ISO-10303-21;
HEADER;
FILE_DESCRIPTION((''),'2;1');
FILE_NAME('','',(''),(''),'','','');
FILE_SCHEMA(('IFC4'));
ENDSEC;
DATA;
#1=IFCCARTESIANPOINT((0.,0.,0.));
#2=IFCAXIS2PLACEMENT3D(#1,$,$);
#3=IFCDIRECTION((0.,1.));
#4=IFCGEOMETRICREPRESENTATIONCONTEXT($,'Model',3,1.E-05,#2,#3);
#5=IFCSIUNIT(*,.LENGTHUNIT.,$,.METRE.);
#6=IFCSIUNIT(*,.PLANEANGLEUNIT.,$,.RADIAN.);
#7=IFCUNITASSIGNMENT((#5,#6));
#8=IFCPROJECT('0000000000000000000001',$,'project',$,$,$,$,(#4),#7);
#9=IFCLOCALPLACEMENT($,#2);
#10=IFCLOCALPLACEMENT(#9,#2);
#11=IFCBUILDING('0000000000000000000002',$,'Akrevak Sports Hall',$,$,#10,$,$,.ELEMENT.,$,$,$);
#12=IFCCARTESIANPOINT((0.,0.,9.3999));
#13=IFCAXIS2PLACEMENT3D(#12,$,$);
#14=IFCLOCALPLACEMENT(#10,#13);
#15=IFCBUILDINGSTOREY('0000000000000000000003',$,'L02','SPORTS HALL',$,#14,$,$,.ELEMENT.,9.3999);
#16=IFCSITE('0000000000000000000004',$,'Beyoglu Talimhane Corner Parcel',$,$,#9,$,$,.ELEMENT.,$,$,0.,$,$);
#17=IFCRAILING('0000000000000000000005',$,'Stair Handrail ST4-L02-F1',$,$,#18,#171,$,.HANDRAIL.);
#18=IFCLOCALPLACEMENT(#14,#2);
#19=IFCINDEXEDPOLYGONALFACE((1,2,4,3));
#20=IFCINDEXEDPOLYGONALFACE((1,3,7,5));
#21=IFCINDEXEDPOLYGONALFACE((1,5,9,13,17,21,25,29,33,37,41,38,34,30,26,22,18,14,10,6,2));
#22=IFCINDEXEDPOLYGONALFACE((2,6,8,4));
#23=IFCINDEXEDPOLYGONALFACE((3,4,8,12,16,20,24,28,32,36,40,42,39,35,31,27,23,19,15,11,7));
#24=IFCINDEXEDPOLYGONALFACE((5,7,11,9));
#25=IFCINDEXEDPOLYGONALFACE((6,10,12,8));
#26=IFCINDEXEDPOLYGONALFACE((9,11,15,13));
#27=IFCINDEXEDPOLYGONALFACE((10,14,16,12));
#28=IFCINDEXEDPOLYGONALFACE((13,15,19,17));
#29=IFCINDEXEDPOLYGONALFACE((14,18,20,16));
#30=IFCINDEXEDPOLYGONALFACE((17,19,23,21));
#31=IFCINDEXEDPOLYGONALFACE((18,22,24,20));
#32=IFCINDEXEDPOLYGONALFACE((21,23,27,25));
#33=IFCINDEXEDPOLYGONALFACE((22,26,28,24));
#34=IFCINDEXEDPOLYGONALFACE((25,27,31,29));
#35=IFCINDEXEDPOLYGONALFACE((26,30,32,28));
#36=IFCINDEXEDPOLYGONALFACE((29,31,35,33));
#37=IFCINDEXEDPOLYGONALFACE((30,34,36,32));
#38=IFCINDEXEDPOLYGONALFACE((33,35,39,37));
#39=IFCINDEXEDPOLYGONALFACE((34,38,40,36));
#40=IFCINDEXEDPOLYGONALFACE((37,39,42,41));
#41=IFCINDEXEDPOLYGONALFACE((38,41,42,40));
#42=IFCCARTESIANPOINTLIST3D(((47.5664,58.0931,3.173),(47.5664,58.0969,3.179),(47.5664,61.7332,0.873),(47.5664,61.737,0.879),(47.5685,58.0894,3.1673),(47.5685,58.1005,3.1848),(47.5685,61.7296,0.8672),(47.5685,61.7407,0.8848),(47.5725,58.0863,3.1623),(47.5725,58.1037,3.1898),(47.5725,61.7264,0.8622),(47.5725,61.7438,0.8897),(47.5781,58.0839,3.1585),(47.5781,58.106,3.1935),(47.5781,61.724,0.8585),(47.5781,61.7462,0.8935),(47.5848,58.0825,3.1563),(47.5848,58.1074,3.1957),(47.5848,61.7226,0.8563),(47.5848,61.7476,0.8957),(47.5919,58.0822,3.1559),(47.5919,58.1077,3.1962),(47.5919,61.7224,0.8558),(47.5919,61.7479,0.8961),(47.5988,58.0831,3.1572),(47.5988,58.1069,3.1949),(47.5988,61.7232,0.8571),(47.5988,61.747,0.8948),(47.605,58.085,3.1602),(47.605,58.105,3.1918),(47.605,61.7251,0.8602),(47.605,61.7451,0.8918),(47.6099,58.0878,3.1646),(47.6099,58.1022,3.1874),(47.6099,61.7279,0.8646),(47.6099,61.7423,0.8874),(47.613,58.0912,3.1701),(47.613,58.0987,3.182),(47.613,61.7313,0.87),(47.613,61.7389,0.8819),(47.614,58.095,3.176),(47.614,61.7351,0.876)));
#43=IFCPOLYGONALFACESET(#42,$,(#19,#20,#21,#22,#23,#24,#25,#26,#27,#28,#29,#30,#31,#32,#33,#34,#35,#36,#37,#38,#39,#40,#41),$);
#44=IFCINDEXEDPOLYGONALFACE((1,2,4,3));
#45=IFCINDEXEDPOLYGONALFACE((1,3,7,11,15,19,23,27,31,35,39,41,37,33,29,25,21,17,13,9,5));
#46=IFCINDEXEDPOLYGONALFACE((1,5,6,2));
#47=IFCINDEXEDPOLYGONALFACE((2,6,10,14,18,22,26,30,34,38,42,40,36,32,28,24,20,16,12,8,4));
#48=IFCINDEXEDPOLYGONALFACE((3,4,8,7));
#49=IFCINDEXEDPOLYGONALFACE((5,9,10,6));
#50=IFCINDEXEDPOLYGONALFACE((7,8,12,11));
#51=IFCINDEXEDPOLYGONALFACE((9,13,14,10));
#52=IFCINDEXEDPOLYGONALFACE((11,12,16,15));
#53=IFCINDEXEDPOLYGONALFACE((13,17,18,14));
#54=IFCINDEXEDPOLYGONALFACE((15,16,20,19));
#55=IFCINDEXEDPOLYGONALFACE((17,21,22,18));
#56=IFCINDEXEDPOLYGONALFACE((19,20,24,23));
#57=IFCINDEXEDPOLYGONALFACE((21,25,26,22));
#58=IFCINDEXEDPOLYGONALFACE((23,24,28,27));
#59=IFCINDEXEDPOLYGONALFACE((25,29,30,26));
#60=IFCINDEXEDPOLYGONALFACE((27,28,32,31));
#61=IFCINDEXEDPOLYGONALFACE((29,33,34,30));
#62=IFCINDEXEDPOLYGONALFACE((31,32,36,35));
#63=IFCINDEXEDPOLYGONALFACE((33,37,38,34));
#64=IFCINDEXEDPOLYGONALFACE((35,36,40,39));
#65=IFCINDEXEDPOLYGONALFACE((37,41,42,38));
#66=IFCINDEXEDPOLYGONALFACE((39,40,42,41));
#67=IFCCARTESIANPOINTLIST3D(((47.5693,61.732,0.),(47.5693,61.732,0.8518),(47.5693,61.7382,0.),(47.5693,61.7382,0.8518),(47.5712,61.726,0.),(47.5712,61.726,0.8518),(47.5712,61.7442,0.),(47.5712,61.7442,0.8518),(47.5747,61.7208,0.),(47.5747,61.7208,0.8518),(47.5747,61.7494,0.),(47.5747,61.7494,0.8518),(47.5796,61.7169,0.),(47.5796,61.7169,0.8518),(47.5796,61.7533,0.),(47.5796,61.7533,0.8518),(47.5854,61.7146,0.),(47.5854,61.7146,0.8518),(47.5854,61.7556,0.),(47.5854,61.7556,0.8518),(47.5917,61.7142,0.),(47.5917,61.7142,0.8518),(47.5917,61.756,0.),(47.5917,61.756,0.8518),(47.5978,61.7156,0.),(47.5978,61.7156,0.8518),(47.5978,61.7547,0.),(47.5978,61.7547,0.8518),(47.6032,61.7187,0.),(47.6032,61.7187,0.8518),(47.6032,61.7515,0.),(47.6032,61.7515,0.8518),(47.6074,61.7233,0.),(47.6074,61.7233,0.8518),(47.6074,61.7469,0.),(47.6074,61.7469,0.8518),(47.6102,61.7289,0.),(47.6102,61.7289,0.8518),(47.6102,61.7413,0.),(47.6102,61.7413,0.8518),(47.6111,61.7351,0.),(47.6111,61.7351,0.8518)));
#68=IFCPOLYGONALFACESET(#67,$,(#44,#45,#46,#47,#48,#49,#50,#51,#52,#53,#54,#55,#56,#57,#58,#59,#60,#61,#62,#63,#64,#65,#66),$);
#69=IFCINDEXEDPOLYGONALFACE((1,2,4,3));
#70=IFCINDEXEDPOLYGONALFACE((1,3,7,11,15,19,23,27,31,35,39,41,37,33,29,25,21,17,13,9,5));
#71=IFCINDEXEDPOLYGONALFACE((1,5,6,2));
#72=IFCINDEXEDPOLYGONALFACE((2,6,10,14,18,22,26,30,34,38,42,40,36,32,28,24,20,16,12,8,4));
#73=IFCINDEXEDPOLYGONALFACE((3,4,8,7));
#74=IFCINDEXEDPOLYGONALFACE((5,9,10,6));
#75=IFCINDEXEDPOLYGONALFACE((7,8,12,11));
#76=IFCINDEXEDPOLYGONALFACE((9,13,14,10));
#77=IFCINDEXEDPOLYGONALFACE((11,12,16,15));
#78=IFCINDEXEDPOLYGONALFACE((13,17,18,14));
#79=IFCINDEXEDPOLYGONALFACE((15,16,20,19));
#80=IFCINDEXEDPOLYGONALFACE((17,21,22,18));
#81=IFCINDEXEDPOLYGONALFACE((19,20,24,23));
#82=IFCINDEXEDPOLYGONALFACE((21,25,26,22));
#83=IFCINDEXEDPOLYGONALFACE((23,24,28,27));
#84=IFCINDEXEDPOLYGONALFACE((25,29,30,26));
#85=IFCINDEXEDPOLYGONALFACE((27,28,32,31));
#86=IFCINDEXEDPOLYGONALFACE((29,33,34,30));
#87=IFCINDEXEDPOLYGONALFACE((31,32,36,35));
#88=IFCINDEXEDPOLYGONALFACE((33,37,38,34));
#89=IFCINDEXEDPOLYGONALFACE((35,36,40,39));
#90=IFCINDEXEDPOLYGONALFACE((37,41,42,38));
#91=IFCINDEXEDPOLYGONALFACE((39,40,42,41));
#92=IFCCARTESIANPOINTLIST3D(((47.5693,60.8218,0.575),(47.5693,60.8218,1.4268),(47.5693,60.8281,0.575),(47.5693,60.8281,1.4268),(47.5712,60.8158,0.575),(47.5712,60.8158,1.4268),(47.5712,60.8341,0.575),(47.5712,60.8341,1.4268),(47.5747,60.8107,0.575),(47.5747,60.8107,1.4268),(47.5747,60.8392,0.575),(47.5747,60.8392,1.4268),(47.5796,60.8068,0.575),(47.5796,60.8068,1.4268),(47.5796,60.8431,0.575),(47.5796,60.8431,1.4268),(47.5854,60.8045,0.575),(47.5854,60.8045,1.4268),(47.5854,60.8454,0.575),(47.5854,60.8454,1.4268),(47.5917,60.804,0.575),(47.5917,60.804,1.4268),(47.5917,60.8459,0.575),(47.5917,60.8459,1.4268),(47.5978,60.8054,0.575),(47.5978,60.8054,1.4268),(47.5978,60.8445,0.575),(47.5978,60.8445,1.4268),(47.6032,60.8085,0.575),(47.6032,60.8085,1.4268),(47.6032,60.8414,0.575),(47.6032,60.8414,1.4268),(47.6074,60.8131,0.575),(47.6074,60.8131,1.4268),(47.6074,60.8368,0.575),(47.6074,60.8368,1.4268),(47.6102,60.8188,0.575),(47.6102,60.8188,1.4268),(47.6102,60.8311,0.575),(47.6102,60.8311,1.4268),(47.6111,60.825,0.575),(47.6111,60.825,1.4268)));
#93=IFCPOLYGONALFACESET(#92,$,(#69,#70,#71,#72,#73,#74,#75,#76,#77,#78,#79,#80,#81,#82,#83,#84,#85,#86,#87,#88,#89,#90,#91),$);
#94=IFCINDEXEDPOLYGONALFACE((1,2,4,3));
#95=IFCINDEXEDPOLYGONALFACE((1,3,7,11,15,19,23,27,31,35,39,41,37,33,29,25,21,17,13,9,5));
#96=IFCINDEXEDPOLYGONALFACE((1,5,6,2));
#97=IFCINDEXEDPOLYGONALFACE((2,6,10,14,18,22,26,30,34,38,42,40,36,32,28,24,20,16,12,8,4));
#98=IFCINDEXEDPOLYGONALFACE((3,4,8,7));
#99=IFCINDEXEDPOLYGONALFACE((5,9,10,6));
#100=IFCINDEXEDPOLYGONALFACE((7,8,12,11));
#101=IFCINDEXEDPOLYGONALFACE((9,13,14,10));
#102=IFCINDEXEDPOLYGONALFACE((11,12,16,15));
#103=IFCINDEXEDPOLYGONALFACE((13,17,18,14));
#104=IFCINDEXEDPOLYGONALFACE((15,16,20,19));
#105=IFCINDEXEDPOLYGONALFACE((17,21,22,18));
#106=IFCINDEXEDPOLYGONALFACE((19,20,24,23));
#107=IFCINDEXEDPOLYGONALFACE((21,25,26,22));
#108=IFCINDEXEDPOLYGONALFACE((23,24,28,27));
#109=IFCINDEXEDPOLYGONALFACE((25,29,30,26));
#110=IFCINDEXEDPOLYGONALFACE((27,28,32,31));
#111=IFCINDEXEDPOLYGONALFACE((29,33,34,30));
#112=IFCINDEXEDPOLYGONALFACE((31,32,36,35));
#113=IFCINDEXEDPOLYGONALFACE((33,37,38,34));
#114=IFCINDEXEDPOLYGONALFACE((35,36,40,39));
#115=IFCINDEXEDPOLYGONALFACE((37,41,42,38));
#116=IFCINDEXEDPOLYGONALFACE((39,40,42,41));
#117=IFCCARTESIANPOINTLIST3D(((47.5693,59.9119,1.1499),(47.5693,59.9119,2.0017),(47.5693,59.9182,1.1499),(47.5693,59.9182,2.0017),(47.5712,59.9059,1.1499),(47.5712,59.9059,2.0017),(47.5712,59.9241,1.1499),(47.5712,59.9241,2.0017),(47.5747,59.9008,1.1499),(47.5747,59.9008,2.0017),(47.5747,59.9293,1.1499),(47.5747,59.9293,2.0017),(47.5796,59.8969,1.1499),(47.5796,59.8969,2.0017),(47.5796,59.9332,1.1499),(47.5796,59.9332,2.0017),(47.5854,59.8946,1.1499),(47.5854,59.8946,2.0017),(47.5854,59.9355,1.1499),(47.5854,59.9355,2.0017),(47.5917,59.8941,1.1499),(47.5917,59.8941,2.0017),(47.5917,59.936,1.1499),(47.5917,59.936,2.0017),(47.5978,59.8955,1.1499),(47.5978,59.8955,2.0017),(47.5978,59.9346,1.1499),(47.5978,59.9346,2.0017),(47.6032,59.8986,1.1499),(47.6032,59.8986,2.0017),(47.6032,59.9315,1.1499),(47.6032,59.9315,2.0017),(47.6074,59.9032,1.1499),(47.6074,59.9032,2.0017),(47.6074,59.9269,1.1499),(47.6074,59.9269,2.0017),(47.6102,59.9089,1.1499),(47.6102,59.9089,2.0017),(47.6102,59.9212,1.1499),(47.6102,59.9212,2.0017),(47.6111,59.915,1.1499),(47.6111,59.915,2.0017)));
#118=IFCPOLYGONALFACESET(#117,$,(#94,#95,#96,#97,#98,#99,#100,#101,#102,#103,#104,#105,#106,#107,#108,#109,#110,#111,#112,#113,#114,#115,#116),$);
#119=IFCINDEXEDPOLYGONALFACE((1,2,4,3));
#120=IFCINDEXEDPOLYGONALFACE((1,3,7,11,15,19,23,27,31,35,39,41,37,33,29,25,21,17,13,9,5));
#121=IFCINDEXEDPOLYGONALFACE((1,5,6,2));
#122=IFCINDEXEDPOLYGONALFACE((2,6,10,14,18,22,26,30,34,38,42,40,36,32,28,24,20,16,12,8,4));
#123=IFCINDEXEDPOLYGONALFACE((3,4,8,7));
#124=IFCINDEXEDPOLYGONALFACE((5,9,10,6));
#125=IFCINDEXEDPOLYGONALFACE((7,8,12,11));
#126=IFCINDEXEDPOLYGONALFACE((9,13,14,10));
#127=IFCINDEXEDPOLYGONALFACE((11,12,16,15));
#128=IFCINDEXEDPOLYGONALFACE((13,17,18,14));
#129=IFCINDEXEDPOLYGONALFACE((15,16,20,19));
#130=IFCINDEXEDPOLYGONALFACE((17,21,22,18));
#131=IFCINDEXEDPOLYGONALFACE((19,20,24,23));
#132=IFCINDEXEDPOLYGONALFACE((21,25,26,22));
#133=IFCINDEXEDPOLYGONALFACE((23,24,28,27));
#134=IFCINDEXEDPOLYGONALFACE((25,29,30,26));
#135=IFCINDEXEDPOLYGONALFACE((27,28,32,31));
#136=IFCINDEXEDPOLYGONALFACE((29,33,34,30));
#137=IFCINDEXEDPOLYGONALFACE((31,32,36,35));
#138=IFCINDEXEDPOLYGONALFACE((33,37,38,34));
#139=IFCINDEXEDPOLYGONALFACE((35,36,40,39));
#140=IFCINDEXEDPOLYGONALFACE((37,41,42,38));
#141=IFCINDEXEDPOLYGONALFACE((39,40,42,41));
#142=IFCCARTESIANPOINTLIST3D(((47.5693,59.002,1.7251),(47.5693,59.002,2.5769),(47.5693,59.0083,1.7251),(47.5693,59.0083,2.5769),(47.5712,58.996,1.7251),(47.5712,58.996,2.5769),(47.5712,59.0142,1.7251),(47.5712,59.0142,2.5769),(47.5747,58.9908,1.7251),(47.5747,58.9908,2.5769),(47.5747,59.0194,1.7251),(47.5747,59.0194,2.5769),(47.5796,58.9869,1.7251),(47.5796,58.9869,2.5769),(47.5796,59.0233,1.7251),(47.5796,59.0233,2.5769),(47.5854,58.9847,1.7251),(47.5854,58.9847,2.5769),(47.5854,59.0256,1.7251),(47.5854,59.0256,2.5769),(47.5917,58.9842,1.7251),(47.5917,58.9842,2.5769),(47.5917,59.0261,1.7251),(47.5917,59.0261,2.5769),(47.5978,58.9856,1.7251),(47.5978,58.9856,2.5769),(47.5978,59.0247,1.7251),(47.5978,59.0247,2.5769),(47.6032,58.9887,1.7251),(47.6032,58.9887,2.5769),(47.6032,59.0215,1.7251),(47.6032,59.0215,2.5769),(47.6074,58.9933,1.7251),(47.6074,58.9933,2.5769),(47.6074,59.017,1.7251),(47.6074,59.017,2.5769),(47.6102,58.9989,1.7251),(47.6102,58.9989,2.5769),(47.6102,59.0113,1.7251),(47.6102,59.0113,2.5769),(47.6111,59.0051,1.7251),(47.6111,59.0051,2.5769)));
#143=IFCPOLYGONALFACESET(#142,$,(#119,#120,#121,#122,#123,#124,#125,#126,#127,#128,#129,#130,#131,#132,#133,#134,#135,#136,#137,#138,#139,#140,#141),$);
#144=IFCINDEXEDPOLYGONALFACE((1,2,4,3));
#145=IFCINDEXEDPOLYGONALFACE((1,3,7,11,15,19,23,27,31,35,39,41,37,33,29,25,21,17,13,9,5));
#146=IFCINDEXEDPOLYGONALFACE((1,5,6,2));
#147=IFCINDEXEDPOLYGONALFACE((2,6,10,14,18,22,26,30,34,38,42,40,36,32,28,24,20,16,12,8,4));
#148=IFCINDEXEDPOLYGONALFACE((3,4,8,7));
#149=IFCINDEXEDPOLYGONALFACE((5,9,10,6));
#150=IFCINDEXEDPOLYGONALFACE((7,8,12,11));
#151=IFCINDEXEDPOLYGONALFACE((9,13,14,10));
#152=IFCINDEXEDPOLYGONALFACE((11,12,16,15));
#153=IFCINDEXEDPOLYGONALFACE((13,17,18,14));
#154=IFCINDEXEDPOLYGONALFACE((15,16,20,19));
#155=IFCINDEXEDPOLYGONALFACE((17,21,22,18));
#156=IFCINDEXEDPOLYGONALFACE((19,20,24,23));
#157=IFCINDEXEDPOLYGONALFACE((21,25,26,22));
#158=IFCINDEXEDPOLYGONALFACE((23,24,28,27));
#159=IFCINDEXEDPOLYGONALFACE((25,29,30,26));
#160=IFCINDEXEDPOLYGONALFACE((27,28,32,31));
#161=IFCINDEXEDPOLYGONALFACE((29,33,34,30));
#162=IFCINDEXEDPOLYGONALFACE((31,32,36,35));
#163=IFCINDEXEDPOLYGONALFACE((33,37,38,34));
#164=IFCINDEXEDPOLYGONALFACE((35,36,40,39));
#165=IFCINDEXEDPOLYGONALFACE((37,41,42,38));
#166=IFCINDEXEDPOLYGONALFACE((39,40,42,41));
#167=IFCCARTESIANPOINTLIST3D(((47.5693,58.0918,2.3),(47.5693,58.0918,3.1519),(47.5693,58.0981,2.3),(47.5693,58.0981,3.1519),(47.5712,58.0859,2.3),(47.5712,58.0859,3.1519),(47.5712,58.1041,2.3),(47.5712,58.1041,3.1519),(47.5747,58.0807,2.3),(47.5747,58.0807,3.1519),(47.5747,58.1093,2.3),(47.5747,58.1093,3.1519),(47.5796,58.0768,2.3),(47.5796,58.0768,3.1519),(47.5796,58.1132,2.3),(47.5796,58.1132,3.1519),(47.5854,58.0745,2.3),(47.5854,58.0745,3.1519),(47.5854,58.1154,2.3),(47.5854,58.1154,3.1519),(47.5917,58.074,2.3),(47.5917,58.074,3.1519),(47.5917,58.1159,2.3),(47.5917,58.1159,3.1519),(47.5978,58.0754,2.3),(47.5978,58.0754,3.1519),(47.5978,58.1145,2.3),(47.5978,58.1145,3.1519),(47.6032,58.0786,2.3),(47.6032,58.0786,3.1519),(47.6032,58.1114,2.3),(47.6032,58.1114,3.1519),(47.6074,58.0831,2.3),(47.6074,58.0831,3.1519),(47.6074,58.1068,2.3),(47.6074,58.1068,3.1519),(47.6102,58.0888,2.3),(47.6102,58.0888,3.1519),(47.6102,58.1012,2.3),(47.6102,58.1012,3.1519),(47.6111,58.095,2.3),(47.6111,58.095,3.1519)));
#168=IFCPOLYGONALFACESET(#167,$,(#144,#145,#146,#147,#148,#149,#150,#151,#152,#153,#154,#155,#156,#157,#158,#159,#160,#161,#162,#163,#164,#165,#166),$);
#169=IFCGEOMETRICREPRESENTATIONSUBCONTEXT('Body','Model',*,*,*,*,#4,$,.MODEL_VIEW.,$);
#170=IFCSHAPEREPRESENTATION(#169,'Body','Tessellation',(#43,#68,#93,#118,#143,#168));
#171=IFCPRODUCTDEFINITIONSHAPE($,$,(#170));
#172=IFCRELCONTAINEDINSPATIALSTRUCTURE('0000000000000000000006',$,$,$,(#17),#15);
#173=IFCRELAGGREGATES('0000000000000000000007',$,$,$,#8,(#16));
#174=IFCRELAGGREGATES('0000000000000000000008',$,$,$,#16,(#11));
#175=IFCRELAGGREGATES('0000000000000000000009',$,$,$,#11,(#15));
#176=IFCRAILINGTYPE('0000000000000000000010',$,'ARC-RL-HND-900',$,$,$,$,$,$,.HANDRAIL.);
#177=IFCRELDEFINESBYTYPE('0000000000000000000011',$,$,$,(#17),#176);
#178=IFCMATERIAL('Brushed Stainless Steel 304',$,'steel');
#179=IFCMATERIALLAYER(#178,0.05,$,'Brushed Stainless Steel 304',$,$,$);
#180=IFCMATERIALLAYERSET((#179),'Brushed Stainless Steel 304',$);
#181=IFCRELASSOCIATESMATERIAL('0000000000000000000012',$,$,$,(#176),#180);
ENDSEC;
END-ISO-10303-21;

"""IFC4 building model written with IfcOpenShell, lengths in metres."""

from ifc_helpers import new_model, si_unit, direction, frame, origin, origin_2d, place, context, subcontext, project, spatial, circle, extrude, material, layer, layer_set, type_object, element, save


model = new_model("IFC4")

# Units and contexts
model_context = context("Model", 3, precision=1e-05, world=origin(), true_north=direction((0.0, 1.0)))
body_context = subcontext(model_context, "Body", "Model", "MODEL_VIEW")
ifc_project = project(units=[si_unit("LENGTHUNIT", "METRE"), si_unit("PLANEANGLEUNIT", "RADIAN")], contexts=[model_context])

# Site, building, storey
site_placement = place(None, origin())
site = spatial("IfcSite", under=ifc_project, at=site_placement, Name="Beyoglu Talimhane Corner Parcel", CompositionType="ELEMENT", RefElevation=0.0)
building_placement = place(site_placement, origin())
building = spatial("IfcBuilding", under=site, at=building_placement, Name="Akrevak Sports Hall", CompositionType="ELEMENT")
storey_placement = place(building_placement, frame((0.0, 0.0, 9.3999)))
storey = spatial("IfcBuildingStorey", under=building, at=storey_placement, Name="L02", Description="SPORTS HALL", CompositionType="ELEMENT", Elevation=9.3999)

# Railing
ifc_material_1 = material(Name="Brushed Stainless Steel 304", Category="steel")
ifc_layer_1 = layer(ifc_material_1, 0.05, Name="Brushed Stainless Steel 304")
ifc_layer_set_1 = layer_set([ifc_layer_1], Name="Brushed Stainless Steel 304")
railing_type_1 = type_object("IfcRailingType", Name="ARC-RL-HND-900", PredefinedType="HANDRAIL", material=ifc_layer_set_1)
railing_1_placement = place(storey_placement, frame((47.5901, 61.7351, 0.0)))
element("IfcRailing", 1, at=railing_1_placement, inside=storey, type_object=railing_type_1, Name="Stair Handrail ST4-L02-F1", PredefinedType="HANDRAIL", context=body_context, shape_type="SweptSolid", body=[
    extrude(circle(Radius=0.0239, at=origin_2d()), frame((0.0, 0.0, 0.876), z_axis=(0.0, -0.845382, 0.534162), x_axis=(1.0, 0.0, 0.0)), (0.0, 0.0, 1.0), 4.3059),
    extrude(circle(Radius=0.021, at=origin_2d()), origin(), (0.0, 0.0, 1.0), 0.8518),
    extrude(circle(Radius=0.021, at=origin_2d()), frame((0.0, -0.9102, 0.575)), (0.0, 0.0, 1.0), 0.8518),
    extrude(circle(Radius=0.021, at=origin_2d()), frame((0.0, -1.8201, 1.1499)), (0.0, 0.0, 1.0), 0.8518),
    extrude(circle(Radius=0.021, at=origin_2d()), frame((0.0, -2.73, 1.7251)), (0.0, 0.0, 1.0), 0.8518),
    extrude(circle(Radius=0.021, at=origin_2d()), frame((0.0, -3.6401, 2.3)), (0.0, 0.0, 1.0), 0.8518),
])

save(model, "model.ifc")
